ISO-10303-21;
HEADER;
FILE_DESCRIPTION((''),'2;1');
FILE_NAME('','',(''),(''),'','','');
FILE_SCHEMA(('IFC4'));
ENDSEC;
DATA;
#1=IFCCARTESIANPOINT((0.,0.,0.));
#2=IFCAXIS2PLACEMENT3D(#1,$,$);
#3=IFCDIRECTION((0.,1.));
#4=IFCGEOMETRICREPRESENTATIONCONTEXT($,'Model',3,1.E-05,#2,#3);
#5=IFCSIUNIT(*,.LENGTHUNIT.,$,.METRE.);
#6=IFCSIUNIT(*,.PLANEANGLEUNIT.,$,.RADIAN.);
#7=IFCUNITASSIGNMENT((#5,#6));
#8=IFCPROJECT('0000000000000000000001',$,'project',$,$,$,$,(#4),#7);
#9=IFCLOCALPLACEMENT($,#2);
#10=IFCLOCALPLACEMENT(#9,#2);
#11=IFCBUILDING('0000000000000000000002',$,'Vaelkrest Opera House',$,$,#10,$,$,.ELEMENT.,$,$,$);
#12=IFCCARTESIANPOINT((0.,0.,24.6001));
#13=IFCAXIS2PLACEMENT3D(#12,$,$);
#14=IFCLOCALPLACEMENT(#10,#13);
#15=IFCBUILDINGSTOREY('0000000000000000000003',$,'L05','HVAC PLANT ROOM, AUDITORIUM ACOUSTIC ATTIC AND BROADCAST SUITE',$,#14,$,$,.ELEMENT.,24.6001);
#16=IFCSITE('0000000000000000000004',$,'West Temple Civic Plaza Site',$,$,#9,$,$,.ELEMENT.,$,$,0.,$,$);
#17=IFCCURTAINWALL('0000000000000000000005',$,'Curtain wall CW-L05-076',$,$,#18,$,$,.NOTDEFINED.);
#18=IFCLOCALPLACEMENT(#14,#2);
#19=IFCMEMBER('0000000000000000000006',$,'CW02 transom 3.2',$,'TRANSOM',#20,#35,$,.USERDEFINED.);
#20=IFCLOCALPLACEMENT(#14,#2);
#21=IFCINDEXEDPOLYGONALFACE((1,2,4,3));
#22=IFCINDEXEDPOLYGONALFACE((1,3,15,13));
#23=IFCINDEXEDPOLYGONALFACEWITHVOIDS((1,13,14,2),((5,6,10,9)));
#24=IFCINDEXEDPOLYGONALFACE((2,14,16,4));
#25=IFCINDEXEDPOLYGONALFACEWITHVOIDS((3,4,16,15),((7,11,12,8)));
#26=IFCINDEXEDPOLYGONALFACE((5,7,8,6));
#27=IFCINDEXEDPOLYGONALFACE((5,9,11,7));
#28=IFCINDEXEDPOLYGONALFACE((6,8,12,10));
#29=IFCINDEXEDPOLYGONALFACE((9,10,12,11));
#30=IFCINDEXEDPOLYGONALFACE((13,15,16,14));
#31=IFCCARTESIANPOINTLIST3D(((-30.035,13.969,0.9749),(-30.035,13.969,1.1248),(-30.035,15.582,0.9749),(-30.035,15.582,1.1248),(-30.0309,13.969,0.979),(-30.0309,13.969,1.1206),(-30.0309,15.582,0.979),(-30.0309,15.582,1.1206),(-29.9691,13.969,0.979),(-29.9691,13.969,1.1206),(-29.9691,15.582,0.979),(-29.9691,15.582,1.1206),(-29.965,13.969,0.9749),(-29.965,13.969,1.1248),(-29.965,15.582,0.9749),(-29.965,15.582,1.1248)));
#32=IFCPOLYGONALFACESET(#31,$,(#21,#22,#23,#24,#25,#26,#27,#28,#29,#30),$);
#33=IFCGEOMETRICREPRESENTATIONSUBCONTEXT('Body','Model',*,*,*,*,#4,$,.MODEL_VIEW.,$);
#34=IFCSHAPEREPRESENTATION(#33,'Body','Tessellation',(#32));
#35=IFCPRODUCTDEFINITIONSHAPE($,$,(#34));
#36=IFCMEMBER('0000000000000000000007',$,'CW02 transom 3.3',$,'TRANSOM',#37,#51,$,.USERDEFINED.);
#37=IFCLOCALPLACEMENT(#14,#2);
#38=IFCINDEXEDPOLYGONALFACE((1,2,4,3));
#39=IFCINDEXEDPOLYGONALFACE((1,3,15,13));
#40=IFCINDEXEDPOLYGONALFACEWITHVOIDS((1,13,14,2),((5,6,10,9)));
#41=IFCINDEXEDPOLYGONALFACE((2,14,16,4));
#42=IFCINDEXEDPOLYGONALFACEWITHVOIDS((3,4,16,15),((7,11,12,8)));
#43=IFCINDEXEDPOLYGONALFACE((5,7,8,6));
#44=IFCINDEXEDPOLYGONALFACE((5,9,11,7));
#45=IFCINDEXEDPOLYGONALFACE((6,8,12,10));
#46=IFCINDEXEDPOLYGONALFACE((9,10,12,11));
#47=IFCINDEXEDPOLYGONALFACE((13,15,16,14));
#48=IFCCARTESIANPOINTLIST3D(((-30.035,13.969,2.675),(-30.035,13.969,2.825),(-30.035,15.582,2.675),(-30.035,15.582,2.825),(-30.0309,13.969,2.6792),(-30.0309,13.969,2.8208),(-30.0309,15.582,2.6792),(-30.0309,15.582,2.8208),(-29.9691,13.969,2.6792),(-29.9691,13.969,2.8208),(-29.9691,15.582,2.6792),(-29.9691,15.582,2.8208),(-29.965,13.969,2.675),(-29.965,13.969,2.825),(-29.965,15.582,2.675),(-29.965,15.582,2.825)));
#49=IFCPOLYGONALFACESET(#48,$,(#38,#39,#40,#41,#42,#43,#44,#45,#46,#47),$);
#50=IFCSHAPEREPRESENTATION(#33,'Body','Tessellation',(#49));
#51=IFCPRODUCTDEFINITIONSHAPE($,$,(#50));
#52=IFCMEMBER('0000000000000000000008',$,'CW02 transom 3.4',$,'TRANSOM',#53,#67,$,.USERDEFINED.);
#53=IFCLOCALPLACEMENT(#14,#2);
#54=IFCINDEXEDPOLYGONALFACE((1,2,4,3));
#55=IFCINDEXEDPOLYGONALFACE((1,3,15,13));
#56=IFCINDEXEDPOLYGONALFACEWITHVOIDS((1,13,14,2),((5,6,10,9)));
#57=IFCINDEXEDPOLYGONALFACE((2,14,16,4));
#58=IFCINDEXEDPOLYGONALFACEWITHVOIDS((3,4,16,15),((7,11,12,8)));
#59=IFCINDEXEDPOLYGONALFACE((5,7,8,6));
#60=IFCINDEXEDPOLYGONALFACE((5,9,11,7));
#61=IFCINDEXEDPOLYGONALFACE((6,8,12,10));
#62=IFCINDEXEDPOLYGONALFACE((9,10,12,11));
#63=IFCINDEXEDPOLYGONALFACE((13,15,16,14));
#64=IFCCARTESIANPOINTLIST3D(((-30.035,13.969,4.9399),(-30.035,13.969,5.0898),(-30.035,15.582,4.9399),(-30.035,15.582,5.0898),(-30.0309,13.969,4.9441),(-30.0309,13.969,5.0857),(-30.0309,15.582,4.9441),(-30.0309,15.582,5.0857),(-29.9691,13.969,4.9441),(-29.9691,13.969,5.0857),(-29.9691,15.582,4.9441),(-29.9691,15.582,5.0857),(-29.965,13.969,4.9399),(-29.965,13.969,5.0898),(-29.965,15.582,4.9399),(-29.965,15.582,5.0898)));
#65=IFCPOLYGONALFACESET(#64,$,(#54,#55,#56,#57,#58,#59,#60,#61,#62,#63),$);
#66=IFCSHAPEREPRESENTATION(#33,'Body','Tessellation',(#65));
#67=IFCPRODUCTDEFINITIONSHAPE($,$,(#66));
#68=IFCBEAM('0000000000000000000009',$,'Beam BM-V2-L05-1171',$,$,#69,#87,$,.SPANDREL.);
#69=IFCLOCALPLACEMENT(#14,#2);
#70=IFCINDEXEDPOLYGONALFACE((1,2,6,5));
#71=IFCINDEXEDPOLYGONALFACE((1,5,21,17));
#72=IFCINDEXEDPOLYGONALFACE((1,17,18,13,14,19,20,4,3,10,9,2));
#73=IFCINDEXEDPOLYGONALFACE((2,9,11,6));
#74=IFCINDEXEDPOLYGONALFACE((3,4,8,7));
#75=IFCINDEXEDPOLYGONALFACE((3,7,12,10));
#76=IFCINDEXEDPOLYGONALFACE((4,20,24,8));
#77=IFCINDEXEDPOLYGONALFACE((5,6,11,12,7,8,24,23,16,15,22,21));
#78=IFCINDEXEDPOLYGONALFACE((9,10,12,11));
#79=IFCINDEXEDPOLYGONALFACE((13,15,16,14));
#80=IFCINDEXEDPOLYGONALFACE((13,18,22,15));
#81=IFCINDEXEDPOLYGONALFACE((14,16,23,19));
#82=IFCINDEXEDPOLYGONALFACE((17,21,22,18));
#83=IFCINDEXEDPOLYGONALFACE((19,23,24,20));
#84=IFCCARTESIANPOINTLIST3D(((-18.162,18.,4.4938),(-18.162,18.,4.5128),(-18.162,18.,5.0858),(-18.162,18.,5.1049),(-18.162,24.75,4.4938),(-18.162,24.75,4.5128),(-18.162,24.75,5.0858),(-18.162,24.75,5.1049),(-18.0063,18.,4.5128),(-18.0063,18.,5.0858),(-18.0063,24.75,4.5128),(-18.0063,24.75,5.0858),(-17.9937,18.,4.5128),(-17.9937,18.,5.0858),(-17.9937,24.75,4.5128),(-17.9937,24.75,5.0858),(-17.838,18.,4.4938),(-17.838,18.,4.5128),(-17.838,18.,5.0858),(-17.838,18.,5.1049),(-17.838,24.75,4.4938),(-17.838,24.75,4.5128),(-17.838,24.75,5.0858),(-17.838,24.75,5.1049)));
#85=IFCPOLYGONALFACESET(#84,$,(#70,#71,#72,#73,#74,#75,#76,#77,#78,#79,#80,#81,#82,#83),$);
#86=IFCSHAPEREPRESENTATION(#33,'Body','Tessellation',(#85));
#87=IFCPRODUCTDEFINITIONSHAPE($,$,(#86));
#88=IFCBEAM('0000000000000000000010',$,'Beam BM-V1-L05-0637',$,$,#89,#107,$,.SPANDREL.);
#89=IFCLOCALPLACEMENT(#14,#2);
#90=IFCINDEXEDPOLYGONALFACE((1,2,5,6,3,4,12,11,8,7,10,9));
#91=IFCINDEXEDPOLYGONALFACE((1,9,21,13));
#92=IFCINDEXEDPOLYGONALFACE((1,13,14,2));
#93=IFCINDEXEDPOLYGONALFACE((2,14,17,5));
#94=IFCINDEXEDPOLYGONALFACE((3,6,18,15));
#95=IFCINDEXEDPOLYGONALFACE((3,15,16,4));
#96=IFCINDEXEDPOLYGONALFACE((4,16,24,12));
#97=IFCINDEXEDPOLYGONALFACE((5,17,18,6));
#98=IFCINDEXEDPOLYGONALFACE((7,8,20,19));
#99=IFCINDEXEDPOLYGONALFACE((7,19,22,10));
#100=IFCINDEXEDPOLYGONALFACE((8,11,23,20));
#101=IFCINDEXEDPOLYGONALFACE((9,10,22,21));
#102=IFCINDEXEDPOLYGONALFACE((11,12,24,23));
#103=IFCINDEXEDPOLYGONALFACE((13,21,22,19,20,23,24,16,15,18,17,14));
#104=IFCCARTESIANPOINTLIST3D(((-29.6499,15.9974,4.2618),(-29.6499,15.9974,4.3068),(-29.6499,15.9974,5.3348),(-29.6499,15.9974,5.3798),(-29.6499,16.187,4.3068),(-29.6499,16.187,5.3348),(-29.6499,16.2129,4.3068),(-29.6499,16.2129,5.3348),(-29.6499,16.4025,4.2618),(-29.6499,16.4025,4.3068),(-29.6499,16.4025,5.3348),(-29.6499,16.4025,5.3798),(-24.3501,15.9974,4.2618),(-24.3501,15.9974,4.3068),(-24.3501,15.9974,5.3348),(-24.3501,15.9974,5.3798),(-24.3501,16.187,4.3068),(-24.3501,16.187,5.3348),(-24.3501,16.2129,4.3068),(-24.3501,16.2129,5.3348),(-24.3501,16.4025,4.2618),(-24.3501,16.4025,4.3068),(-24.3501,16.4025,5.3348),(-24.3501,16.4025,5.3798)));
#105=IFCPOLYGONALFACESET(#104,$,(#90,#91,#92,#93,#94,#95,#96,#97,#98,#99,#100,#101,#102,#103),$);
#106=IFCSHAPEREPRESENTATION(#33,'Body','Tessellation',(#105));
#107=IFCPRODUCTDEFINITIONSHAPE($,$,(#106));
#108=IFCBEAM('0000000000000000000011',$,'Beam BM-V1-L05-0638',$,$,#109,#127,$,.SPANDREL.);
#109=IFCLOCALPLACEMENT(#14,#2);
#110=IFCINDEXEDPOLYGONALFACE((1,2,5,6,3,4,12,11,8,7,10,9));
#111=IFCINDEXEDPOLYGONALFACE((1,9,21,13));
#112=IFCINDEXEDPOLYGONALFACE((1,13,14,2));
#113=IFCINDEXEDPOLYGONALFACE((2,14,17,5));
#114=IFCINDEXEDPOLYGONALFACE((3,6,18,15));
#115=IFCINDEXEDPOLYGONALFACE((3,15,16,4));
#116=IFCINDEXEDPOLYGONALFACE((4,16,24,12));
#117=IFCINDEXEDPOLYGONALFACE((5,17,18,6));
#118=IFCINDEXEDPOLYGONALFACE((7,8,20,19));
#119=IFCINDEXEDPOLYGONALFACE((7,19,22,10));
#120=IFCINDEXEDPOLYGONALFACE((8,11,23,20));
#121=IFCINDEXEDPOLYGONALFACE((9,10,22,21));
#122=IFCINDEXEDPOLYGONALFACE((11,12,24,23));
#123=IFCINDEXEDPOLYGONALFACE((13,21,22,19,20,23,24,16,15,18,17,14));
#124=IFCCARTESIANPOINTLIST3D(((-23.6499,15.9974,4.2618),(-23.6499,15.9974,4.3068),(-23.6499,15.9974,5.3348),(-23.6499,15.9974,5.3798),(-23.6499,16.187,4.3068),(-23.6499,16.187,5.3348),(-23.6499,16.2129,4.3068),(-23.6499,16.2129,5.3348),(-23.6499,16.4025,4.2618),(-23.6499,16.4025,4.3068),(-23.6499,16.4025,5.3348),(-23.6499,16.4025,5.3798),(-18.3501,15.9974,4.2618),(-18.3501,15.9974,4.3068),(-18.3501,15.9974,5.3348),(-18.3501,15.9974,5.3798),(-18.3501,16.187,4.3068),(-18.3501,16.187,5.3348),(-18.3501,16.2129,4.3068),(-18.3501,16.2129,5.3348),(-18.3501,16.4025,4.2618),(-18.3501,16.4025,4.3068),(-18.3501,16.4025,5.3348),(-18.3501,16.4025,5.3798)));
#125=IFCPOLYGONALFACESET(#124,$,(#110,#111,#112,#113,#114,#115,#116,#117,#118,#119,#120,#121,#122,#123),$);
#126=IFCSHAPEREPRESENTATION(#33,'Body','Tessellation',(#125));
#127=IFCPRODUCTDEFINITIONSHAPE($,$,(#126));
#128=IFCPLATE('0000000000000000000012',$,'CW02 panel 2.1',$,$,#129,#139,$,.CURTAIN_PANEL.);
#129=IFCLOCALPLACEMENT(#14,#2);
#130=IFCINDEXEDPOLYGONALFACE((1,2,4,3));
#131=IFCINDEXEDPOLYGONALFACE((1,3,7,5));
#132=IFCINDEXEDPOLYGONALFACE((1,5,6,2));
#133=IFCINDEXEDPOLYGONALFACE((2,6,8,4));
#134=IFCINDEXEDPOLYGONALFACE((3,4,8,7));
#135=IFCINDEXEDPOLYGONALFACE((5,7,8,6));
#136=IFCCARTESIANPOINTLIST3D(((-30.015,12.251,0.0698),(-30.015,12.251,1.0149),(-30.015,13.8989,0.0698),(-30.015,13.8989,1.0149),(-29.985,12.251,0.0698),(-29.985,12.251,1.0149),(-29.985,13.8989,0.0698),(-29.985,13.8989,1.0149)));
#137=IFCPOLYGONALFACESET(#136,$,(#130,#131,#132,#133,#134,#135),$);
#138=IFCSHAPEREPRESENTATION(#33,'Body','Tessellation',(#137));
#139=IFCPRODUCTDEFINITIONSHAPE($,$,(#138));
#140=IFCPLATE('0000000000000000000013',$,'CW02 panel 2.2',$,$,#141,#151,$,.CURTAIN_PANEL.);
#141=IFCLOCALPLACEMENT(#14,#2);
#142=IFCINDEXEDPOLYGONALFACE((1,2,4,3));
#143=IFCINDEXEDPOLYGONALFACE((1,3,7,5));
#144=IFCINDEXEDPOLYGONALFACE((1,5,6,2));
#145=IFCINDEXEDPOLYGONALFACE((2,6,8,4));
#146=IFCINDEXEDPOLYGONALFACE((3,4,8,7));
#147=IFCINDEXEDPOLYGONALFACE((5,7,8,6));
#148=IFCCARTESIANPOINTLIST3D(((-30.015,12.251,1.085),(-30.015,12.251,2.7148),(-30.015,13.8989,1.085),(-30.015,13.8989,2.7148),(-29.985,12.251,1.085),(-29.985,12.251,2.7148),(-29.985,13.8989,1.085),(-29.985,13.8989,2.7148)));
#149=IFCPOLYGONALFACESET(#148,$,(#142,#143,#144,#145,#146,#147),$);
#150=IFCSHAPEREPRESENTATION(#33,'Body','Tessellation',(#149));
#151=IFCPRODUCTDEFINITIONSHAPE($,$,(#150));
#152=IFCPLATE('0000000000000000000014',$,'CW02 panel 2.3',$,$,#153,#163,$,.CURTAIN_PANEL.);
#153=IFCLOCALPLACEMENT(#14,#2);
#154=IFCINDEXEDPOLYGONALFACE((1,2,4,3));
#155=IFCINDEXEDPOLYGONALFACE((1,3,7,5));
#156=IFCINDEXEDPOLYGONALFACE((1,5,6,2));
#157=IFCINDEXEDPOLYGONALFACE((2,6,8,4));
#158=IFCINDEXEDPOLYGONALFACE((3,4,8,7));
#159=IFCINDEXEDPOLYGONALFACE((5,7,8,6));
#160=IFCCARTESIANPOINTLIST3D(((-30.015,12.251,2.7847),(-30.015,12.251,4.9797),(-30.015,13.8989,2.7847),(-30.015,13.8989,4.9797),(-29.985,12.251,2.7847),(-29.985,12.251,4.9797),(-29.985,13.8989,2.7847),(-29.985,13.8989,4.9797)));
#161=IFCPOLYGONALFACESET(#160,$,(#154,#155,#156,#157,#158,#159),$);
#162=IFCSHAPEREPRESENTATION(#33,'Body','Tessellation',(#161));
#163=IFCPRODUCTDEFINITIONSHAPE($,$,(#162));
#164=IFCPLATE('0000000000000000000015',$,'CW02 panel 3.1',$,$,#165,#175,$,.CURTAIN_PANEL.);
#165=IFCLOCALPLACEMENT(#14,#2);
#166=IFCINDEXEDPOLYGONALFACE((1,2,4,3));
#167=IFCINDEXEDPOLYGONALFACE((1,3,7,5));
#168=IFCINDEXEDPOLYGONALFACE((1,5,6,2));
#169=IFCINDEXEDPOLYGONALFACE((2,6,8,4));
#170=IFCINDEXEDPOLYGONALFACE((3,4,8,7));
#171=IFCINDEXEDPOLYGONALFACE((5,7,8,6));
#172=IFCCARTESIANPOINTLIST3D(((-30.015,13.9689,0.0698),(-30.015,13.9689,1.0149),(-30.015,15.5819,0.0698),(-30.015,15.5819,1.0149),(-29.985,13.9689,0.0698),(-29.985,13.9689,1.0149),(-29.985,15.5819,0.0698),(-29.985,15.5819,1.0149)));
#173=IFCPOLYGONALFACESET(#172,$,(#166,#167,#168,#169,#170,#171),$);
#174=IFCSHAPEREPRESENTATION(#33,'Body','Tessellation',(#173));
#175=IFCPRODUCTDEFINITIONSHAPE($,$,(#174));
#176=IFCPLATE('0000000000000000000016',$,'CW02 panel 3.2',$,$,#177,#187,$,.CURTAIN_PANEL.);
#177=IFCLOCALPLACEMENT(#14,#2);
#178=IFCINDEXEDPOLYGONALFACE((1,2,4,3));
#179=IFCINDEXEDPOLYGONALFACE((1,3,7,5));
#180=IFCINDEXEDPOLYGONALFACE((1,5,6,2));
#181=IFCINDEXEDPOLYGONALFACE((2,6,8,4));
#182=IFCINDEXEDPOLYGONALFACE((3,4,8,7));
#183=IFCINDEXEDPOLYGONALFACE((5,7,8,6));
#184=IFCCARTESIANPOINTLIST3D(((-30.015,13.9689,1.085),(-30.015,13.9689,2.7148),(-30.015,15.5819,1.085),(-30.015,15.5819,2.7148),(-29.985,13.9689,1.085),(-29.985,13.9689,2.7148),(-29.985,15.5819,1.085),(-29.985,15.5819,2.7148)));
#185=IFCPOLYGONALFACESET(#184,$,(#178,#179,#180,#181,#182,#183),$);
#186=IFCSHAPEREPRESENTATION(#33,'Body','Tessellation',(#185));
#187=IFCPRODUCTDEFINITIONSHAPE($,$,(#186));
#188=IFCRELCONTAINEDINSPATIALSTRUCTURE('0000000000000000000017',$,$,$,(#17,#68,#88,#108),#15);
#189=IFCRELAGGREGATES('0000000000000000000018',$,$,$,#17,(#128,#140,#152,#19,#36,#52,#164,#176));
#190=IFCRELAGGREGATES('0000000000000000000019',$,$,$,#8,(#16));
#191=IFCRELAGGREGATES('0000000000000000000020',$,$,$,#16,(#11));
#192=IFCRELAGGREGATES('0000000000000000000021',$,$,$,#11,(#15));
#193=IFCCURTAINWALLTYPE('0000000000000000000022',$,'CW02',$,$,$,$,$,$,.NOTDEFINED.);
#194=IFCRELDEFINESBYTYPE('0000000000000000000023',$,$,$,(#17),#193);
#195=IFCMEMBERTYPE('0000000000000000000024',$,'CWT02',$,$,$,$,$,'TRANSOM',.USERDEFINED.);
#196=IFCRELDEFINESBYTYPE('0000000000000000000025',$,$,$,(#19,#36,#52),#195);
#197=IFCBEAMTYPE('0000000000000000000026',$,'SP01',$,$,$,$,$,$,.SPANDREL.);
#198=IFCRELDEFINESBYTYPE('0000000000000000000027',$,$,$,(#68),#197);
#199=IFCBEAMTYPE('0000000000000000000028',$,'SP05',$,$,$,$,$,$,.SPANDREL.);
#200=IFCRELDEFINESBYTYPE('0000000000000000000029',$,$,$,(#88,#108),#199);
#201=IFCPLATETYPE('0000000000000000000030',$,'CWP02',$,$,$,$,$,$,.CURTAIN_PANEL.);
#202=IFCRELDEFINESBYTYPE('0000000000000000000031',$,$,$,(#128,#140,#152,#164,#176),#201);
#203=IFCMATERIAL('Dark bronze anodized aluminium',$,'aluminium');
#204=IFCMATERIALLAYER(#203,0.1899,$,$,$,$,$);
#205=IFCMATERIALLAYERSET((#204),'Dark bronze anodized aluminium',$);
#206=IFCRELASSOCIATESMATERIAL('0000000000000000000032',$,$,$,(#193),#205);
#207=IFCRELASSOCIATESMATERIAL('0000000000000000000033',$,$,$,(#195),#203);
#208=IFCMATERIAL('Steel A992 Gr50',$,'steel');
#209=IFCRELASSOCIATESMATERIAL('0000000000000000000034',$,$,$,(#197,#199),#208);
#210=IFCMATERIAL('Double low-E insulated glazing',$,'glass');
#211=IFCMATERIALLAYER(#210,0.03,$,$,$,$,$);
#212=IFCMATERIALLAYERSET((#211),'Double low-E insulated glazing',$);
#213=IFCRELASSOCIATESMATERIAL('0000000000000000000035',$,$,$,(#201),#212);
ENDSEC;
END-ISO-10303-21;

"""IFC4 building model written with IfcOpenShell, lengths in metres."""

from ifc_helpers import new_model, si_unit, direction, frame, origin, origin_2d, place, context, subcontext, project, spatial, rectangle, hollow_rectangle, i_section, extrude, material, layer, layer_set, material_profile, profile_set, type_object, element, aggregate, save


model = new_model("IFC4")

# Units and contexts
model_context = context("Model", 3, precision=1e-05, world=origin(), true_north=direction((0.0, 1.0)))
body_context = subcontext(model_context, "Body", "Model", "MODEL_VIEW")
ifc_project = project(units=[si_unit("LENGTHUNIT", "METRE"), si_unit("PLANEANGLEUNIT", "RADIAN")], contexts=[model_context])

# Site, building, storey
site_placement = place(None, origin())
site = spatial("IfcSite", under=ifc_project, at=site_placement, Name="West Temple Civic Plaza Site", CompositionType="ELEMENT", RefElevation=0.0)
building_placement = place(site_placement, origin())
building = spatial("IfcBuilding", under=site, at=building_placement, Name="Vaelkrest Opera House", CompositionType="ELEMENT")
storey_placement = place(building_placement, frame((0.0, 0.0, 24.6001)))
storey = spatial("IfcBuildingStorey", under=building, at=storey_placement, Name="L05", Description="HVAC PLANT ROOM, AUDITORIUM ACOUSTIC ATTIC AND BROADCAST SUITE", CompositionType="ELEMENT", Elevation=24.6001)

# Curtain wall, members
ifc_material_1 = material(Name="Dark bronze anodized aluminium", Category="aluminium")
ifc_layer_1 = layer(ifc_material_1, 0.1899)
ifc_layer_set_1 = layer_set([ifc_layer_1], Name="Dark bronze anodized aluminium")
curtain_wall_type = type_object("IfcCurtainWallType", Name="CW02", PredefinedType="NOTDEFINED", material=ifc_layer_set_1)
curtain_wall_placement = place(storey_placement, origin())
curtain_wall = element("IfcCurtainWall", 1, at=curtain_wall_placement, inside=storey, type_object=curtain_wall_type, Name="Curtain wall CW-L05-076", PredefinedType="NOTDEFINED")
ifc_material_profile_1 = material_profile(ifc_material_1, hollow_rectangle(XDim=0.0701, YDim=0.1499, WallThickness=0.0042, at=origin_2d()), Name="CWT70X150")
ifc_profile_set_1 = profile_set([ifc_material_profile_1], Name="Dark bronze anodized aluminium")
member_type_1 = type_object("IfcMemberType", Name="CWT02", ElementType="TRANSOM", PredefinedType="USERDEFINED", material=ifc_profile_set_1)
member_1_placement = place(storey_placement, frame((-30.0, 13.969, 1.0498), z_axis=(0.0, 1.0, 0.0), x_axis=(-1.0, 0.0, 0.0)))
member_1 = element("IfcMember", 2, at=member_1_placement, type_object=member_type_1, Name="CW02 transom 3.2", ObjectType="TRANSOM", PredefinedType="USERDEFINED", context=body_context, shape_type="SweptSolid", body=[
    extrude(hollow_rectangle(XDim=0.0701, YDim=0.1499, WallThickness=0.0042, at=origin_2d()), origin(), (0.0, 0.0, 1.0), 1.613),
])
member_2_placement = place(storey_placement, frame((-30.0, 13.969, 2.75), z_axis=(0.0, 1.0, 0.0), x_axis=(-1.0, 0.0, 0.0)))
member_2 = element("IfcMember", 3, at=member_2_placement, type_object=member_type_1, Name="CW02 transom 3.3", ObjectType="TRANSOM", PredefinedType="USERDEFINED", context=body_context, shape_type="SweptSolid", body=[
    extrude(hollow_rectangle(XDim=0.0701, YDim=0.1499, WallThickness=0.0042, at=origin_2d()), origin(), (0.0, 0.0, 1.0), 1.613),
])
member_3_placement = place(storey_placement, frame((-30.0, 13.969, 5.0149), z_axis=(0.0, 1.0, 0.0), x_axis=(-1.0, 0.0, 0.0)))
member_3 = element("IfcMember", 4, at=member_3_placement, type_object=member_type_1, Name="CW02 transom 3.4", ObjectType="TRANSOM", PredefinedType="USERDEFINED", context=body_context, shape_type="SweptSolid", body=[
    extrude(hollow_rectangle(XDim=0.0701, YDim=0.1499, WallThickness=0.0042, at=origin_2d()), origin(), (0.0, 0.0, 1.0), 1.613),
])

# Beams
ifc_material_2 = material(Name="Steel A992 Gr50", Category="steel")
ifc_material_profile_2 = material_profile(ifc_material_2, i_section(OverallWidth=0.324, OverallDepth=0.6111, WebThickness=0.0127, FlangeThickness=0.019, at=origin_2d()), Name="W24X104")
ifc_profile_set_2 = profile_set([ifc_material_profile_2], Name="Steel A992 Gr50")
beam_type_1 = type_object("IfcBeamType", Name="SP01", PredefinedType="SPANDREL", material=ifc_profile_set_2)
beam_placement = place(storey_placement, frame((-18.0, 18.0, 4.7993), z_axis=(0.0, 1.0, 0.0), x_axis=(-1.0, 0.0, 0.0)))
element("IfcBeam", 5, at=beam_placement, inside=storey, type_object=beam_type_1, Name="Beam BM-V2-L05-1171", PredefinedType="SPANDREL", context=body_context, shape_type="SweptSolid", body=[
    extrude(i_section(OverallWidth=0.324, OverallDepth=0.6111, WebThickness=0.0127, FlangeThickness=0.019, at=origin_2d()), origin(), (0.0, 0.0, 1.0), 6.75),
])
ifc_material_profile_3 = material_profile(ifc_material_2, i_section(OverallWidth=0.405, OverallDepth=1.1179, WebThickness=0.0259, FlangeThickness=0.0449, at=origin_2d()), Name="W44X335")
ifc_profile_set_3 = profile_set([ifc_material_profile_3], Name="Steel A992 Gr50")
beam_type_2 = type_object("IfcBeamType", Name="SP05", PredefinedType="SPANDREL", material=ifc_profile_set_3)
for number, where, z_axis, x_axis, name in (
    (6, (-29.6499, 16.2, 4.8208), (1.0, 0.0, 0.0), (0.0, 1.0, 0.0), "Beam BM-V1-L05-0637"),
    (7, (-23.6499, 16.2, 4.8208), (1.0, 0.0, 0.0), (0.0, 1.0, 0.0), "Beam BM-V1-L05-0638"),
):
    element("IfcBeam", number, at=place(storey_placement, frame(where, z_axis=z_axis, x_axis=x_axis)), inside=storey, type_object=beam_type_2, Name=name, PredefinedType="SPANDREL", context=body_context, shape_type="SweptSolid", body=[
        extrude(i_section(OverallWidth=0.405, OverallDepth=1.1179, WebThickness=0.0259, FlangeThickness=0.0449, at=origin_2d()), origin(), (0.0, 0.0, 1.0), 5.2998),
    ])

# Plates
ifc_material_3 = material(Name="Double low-E insulated glazing", Category="glass")
ifc_layer_2 = layer(ifc_material_3, 0.03)
ifc_layer_set_2 = layer_set([ifc_layer_2], Name="Double low-E insulated glazing")
plate_type = type_object("IfcPlateType", Name="CWP02", PredefinedType="CURTAIN_PANEL", material=ifc_layer_set_2)
plate_1_placement = place(storey_placement, frame((-30.0, 13.075, 0.0698), z_axis=(0.0, 0.0, 1.0), x_axis=(0.0, 1.0, 0.0)))
plate_1 = element("IfcPlate", 8, at=plate_1_placement, type_object=plate_type, Name="CW02 panel 2.1", PredefinedType="CURTAIN_PANEL", context=body_context, shape_type="SweptSolid", body=[
    extrude(rectangle(XDim=1.6479, YDim=0.03, at=origin_2d()), origin(), (0.0, 0.0, 1.0), 0.9451),
])
plate_2_placement = place(storey_placement, frame((-30.0, 13.075, 1.085), z_axis=(0.0, 0.0, 1.0), x_axis=(0.0, 1.0, 0.0)))
plate_2 = element("IfcPlate", 9, at=plate_2_placement, type_object=plate_type, Name="CW02 panel 2.2", PredefinedType="CURTAIN_PANEL", context=body_context, shape_type="SweptSolid", body=[
    extrude(rectangle(XDim=1.6479, YDim=0.03, at=origin_2d()), origin(), (0.0, 0.0, 1.0), 1.6299),
])
plate_3_placement = place(storey_placement, frame((-30.0, 13.075, 2.7847), z_axis=(0.0, 0.0, 1.0), x_axis=(0.0, 1.0, 0.0)))
plate_3 = element("IfcPlate", 10, at=plate_3_placement, type_object=plate_type, Name="CW02 panel 2.3", PredefinedType="CURTAIN_PANEL", context=body_context, shape_type="SweptSolid", body=[
    extrude(rectangle(XDim=1.6479, YDim=0.03, at=origin_2d()), origin(), (0.0, 0.0, 1.0), 2.1951),
])
plate_4_placement = place(storey_placement, frame((-30.0, 14.7754, 0.0698), z_axis=(0.0, 0.0, 1.0), x_axis=(0.0, 1.0, 0.0)))
plate_4 = element("IfcPlate", 11, at=plate_4_placement, type_object=plate_type, Name="CW02 panel 3.1", PredefinedType="CURTAIN_PANEL", context=body_context, shape_type="SweptSolid", body=[
    extrude(rectangle(XDim=1.613, YDim=0.03, at=origin_2d()), origin(), (0.0, 0.0, 1.0), 0.9451),
])
plate_5_placement = place(storey_placement, frame((-30.0, 14.7754, 1.085), z_axis=(0.0, 0.0, 1.0), x_axis=(0.0, 1.0, 0.0)))
plate_5 = element("IfcPlate", 12, at=plate_5_placement, type_object=plate_type, Name="CW02 panel 3.2", PredefinedType="CURTAIN_PANEL", context=body_context, shape_type="SweptSolid", body=[
    extrude(rectangle(XDim=1.613, YDim=0.03, at=origin_2d()), origin(), (0.0, 0.0, 1.0), 1.6299),
])
aggregate(curtain_wall, [plate_1, plate_2, plate_3, member_1, member_2, member_3, plate_4, plate_5])

save(model, "model.ifc")
